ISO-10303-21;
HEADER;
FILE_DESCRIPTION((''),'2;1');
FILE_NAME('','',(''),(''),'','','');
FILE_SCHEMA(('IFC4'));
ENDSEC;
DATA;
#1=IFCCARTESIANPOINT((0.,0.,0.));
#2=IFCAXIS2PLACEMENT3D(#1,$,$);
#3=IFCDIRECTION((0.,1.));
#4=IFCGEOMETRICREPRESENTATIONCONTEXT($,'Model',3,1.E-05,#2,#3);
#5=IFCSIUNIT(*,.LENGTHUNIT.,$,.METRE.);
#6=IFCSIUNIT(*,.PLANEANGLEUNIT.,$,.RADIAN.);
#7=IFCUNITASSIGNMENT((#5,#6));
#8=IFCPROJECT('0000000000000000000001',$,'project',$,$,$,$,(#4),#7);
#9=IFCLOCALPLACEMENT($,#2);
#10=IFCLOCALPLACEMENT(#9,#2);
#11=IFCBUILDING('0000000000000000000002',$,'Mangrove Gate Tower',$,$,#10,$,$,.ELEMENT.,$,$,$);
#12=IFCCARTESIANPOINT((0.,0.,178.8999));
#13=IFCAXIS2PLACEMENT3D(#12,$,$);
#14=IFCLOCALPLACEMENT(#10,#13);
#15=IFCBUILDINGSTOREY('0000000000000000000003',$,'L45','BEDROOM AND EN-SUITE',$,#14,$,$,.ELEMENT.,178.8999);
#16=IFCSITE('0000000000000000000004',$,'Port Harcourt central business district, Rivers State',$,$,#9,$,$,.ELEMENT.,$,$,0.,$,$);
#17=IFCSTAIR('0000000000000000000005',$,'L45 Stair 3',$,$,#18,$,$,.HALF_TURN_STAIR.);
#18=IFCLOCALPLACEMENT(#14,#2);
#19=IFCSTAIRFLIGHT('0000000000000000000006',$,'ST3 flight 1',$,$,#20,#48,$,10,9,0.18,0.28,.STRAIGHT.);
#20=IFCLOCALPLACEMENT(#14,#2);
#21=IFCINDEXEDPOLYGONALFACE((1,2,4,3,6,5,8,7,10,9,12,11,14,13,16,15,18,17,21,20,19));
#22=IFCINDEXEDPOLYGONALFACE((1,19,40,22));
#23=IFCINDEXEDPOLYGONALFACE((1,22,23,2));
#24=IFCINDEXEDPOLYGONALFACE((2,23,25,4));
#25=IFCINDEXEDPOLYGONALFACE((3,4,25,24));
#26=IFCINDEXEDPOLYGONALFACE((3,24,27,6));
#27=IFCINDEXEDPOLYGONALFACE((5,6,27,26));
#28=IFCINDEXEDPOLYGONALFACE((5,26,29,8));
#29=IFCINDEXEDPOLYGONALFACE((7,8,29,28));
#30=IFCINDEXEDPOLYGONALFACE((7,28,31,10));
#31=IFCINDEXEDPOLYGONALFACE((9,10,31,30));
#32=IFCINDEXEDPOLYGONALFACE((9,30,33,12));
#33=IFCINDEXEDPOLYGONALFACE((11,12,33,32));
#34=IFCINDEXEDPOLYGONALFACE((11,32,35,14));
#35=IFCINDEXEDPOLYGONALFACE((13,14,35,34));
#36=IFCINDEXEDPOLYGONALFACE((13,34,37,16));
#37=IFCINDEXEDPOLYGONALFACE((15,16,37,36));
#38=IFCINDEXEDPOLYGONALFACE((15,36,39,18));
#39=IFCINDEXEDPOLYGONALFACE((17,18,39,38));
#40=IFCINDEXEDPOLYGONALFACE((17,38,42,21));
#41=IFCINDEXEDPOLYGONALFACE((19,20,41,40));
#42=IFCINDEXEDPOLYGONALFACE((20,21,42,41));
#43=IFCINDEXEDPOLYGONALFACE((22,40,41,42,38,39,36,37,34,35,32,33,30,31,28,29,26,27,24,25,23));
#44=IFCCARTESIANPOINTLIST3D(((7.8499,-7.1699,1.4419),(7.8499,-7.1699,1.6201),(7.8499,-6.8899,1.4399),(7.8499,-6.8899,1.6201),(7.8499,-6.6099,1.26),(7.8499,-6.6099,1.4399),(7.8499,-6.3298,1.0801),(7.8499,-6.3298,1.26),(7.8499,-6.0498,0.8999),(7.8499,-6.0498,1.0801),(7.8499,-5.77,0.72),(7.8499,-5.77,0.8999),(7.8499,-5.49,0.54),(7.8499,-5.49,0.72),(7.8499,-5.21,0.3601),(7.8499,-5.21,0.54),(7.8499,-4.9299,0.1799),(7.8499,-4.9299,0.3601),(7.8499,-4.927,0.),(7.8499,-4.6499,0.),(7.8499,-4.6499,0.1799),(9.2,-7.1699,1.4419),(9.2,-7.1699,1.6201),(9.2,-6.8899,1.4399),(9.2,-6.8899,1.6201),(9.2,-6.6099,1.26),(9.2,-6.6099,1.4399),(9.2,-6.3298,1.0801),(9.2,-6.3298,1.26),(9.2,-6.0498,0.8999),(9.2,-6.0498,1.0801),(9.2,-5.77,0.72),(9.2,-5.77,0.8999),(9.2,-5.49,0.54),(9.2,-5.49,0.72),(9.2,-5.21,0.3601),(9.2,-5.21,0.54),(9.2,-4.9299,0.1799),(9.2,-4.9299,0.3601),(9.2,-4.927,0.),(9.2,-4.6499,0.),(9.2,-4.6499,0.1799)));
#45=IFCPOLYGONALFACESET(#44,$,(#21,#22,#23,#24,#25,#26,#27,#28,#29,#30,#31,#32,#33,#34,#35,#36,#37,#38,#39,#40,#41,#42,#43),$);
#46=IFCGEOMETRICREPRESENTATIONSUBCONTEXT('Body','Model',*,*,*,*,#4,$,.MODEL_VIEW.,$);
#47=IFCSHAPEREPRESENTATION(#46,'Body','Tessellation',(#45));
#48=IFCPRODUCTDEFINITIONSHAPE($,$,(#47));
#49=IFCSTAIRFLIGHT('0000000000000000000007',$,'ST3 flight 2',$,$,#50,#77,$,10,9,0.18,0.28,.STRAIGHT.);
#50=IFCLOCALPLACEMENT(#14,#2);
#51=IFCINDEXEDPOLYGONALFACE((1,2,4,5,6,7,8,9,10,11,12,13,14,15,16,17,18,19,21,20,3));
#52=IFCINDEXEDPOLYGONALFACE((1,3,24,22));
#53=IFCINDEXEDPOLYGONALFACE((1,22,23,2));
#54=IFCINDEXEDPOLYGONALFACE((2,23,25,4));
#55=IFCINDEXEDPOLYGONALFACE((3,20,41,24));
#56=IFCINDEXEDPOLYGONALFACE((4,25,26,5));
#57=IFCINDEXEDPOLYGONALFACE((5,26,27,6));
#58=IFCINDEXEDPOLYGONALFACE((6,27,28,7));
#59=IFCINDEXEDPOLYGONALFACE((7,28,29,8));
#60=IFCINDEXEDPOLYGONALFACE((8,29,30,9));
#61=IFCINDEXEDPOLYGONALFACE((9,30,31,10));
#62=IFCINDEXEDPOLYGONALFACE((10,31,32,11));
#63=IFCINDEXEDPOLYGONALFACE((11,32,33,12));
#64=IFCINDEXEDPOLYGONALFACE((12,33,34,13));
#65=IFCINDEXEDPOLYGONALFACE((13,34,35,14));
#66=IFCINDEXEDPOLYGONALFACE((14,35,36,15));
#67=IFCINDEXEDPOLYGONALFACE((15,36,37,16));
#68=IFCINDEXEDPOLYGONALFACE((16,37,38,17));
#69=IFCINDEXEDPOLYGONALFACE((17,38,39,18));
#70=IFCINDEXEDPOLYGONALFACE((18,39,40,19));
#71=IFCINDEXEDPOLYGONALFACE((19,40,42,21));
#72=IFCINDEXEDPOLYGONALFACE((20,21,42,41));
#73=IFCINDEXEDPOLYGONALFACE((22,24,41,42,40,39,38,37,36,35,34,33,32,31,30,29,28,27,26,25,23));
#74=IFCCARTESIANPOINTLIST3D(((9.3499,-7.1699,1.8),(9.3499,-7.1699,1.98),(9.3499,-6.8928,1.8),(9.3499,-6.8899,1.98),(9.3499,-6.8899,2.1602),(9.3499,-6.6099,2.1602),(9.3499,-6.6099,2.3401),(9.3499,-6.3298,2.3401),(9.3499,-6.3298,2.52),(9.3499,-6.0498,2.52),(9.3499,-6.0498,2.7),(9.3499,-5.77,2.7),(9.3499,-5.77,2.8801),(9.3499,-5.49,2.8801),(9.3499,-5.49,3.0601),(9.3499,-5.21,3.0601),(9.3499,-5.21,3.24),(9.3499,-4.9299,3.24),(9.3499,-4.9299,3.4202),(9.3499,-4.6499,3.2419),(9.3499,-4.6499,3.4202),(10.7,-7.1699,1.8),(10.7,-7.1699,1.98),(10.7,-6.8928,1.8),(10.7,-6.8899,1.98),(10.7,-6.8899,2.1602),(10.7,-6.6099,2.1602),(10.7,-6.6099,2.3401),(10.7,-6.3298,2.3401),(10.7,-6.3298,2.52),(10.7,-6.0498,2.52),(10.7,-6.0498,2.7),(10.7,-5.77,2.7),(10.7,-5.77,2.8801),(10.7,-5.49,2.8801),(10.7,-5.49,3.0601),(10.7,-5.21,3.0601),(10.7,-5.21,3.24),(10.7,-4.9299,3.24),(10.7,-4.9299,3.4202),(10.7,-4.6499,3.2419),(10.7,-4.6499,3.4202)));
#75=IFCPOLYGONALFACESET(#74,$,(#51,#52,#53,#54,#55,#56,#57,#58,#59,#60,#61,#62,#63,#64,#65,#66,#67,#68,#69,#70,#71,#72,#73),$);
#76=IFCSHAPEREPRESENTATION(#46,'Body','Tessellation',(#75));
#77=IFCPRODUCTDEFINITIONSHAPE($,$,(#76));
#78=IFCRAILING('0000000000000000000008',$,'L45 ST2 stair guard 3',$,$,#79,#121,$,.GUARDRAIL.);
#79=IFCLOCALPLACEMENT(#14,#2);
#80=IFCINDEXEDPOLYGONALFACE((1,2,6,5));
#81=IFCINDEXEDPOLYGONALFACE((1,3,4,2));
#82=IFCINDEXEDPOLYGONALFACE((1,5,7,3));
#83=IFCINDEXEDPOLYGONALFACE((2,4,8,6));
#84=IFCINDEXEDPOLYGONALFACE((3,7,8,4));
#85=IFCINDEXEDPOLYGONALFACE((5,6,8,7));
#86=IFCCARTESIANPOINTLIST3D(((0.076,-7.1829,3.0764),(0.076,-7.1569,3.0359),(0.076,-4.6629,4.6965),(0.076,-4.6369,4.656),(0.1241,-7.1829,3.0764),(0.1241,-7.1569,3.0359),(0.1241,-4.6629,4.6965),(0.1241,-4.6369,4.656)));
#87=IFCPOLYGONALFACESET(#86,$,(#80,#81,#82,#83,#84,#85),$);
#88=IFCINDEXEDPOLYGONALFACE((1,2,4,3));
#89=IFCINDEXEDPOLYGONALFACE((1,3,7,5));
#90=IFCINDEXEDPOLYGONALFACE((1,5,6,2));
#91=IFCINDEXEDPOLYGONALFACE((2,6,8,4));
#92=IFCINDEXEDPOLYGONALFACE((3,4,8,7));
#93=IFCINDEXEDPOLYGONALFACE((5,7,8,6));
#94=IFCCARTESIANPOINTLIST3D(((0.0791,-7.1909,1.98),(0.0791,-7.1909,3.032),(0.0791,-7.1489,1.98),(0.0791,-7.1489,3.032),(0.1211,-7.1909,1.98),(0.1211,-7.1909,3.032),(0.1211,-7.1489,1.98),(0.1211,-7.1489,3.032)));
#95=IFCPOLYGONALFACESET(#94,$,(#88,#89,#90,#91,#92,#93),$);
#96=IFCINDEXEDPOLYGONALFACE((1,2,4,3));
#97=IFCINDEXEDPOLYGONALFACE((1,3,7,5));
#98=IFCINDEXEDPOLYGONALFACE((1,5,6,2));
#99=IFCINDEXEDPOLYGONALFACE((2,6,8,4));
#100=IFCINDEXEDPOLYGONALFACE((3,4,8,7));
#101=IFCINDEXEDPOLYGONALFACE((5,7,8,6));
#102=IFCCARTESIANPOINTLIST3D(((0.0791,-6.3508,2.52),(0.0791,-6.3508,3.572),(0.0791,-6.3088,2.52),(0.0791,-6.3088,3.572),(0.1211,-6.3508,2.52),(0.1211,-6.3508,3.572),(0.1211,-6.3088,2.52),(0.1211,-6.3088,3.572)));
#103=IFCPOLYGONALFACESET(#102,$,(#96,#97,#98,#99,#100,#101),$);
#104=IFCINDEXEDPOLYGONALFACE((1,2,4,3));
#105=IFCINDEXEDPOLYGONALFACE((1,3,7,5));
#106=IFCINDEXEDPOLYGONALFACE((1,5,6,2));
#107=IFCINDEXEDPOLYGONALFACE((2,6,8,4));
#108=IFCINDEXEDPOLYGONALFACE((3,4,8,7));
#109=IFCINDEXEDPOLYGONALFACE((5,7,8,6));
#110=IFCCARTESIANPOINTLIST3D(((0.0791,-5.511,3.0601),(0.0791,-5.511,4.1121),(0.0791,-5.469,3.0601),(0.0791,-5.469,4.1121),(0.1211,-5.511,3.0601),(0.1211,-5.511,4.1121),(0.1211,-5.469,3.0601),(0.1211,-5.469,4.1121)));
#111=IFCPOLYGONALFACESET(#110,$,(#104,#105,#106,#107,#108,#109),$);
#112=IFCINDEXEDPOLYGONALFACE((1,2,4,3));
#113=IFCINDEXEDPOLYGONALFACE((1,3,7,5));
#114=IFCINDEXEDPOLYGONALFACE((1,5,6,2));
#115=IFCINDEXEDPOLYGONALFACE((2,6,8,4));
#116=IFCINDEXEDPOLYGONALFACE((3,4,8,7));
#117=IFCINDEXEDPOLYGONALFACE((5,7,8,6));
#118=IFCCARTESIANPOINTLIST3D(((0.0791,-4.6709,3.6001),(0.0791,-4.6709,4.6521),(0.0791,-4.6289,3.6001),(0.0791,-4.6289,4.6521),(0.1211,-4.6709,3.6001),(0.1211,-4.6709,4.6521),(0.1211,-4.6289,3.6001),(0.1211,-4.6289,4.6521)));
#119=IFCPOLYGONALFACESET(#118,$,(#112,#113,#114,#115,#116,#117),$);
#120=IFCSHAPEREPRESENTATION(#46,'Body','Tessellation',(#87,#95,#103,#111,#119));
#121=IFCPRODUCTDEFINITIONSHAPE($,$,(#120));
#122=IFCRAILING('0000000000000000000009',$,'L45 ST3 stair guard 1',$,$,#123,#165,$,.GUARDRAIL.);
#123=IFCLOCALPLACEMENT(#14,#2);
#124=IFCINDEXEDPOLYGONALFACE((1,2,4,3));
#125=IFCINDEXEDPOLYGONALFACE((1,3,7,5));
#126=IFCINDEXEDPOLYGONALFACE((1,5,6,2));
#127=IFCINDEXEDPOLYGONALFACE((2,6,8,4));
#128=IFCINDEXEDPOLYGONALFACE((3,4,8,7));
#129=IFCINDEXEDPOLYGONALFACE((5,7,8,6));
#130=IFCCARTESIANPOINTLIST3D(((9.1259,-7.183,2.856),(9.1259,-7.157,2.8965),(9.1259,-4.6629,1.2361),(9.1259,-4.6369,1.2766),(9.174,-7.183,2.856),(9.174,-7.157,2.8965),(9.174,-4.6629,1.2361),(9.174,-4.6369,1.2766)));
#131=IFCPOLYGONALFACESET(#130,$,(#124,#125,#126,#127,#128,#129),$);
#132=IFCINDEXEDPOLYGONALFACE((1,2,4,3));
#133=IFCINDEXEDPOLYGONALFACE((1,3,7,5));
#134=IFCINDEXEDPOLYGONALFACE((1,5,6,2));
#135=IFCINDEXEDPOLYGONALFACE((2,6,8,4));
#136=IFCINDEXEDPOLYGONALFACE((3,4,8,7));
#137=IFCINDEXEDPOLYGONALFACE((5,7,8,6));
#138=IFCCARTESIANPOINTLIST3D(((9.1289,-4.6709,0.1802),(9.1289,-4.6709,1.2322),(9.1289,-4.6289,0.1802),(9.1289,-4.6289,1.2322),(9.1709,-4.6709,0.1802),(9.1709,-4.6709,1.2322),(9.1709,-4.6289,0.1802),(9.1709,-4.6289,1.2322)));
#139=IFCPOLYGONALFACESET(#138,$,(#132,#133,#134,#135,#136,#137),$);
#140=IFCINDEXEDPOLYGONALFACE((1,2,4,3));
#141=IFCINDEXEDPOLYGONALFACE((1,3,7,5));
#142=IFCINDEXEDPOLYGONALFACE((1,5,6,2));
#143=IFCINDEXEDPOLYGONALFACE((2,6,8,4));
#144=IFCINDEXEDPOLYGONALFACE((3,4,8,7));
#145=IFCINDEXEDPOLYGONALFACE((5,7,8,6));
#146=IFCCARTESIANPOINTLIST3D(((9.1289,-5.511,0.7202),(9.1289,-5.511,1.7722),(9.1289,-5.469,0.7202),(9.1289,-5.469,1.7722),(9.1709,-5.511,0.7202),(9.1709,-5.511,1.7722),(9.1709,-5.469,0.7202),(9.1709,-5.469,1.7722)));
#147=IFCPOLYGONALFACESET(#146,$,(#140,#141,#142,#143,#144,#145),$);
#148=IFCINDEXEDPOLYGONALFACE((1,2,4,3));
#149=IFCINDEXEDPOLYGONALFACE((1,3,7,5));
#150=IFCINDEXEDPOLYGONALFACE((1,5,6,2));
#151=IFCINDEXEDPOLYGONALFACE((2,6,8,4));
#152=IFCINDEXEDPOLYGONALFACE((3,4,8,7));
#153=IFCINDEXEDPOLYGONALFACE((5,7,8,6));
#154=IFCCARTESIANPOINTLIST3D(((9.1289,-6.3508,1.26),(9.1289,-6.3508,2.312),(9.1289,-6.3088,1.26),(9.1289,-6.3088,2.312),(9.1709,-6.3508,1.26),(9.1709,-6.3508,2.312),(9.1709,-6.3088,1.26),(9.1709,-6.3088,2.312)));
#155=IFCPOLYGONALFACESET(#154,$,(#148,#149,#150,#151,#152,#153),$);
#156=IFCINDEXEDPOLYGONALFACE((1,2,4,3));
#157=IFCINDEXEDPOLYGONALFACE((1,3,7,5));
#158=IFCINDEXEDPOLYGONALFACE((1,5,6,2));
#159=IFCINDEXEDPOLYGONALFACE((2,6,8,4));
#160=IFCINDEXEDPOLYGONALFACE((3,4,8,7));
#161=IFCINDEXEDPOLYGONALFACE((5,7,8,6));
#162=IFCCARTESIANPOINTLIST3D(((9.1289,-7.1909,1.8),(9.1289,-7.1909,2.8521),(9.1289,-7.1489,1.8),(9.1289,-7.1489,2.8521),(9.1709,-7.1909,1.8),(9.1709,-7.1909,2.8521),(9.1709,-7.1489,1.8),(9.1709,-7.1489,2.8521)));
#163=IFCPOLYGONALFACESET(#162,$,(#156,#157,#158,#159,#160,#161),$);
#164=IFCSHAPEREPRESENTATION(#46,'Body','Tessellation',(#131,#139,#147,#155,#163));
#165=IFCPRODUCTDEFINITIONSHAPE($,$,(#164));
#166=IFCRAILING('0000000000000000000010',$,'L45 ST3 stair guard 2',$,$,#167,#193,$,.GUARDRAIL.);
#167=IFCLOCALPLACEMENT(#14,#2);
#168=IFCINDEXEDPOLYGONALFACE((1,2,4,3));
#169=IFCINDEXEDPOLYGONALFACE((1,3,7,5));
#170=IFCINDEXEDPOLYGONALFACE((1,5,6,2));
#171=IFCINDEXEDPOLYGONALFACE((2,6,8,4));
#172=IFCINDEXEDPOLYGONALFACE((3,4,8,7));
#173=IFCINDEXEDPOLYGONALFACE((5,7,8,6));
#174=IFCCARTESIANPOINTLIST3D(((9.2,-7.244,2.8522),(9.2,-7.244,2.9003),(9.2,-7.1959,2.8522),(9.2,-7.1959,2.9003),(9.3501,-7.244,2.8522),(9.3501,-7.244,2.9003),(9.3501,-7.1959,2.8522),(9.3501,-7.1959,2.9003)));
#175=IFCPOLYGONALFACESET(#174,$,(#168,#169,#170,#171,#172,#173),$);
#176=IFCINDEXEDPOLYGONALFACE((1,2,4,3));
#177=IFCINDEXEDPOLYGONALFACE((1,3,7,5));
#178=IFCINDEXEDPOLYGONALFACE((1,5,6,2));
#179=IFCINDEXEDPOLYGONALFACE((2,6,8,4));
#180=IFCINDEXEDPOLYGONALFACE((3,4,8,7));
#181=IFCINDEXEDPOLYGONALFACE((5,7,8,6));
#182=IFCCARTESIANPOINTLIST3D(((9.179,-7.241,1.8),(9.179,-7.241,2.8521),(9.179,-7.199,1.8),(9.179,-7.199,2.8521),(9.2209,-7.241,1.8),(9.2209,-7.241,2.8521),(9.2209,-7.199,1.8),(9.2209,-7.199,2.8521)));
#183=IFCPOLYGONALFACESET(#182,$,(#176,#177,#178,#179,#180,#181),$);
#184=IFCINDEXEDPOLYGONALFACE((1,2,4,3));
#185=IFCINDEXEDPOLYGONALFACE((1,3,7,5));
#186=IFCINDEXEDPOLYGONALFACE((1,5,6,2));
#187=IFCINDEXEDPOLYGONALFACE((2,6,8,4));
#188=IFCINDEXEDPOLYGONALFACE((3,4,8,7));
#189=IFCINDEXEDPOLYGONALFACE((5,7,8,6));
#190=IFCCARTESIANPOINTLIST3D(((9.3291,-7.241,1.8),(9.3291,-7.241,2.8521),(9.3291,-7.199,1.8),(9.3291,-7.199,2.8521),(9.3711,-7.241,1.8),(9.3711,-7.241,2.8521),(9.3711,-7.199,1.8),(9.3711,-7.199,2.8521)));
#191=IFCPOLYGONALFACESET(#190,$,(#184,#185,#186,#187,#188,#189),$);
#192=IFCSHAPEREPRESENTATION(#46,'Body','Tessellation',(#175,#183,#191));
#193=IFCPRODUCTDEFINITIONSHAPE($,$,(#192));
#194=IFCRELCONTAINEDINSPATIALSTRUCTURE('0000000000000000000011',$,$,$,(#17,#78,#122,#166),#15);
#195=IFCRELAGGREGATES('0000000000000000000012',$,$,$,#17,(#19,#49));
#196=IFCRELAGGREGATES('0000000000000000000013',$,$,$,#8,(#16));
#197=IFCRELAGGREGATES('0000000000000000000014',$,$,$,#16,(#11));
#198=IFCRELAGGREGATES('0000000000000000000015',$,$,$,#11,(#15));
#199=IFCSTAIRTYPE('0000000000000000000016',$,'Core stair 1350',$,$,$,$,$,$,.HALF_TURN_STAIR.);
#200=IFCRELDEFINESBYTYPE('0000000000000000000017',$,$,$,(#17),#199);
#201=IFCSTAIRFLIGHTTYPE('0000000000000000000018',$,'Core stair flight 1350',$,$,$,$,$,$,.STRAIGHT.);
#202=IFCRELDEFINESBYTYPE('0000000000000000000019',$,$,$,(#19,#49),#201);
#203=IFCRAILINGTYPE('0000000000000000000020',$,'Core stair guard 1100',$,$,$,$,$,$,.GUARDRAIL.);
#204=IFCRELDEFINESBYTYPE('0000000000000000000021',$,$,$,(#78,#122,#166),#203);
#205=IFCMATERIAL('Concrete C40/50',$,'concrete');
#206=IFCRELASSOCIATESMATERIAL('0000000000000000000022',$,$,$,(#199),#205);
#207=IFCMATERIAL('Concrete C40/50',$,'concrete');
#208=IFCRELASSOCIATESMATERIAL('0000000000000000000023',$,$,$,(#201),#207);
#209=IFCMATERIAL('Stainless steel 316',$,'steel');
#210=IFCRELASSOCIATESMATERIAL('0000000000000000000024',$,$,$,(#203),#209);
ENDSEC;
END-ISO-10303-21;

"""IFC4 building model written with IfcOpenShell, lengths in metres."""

from ifc_helpers import new_model, si_unit, direction, frame, origin, origin_2d, place, context, subcontext, project, spatial, polyline, rectangle, outline, extrude, material, type_object, element, aggregate, save


model = new_model("IFC4")

# Units and contexts
model_context = context("Model", 3, precision=1e-05, world=origin(), true_north=direction((0.0, 1.0)))
body_context = subcontext(model_context, "Body", "Model", "MODEL_VIEW")
ifc_project = project(units=[si_unit("LENGTHUNIT", "METRE"), si_unit("PLANEANGLEUNIT", "RADIAN")], contexts=[model_context])

# Site, building, storey
site_placement = place(None, origin())
site = spatial("IfcSite", under=ifc_project, at=site_placement, Name="Port Harcourt central business district, Rivers State", CompositionType="ELEMENT", RefElevation=0.0)
building_placement = place(site_placement, origin())
building = spatial("IfcBuilding", under=site, at=building_placement, Name="Mangrove Gate Tower", CompositionType="ELEMENT")
storey_placement = place(building_placement, frame((0.0, 0.0, 178.8999)))
storey = spatial("IfcBuildingStorey", under=building, at=storey_placement, Name="L45", Description="BEDROOM AND EN-SUITE", CompositionType="ELEMENT", Elevation=178.8999)

# Shared definitions
ifc_material_1 = material(Name="Concrete C40/50", Category="concrete")
stair_type = type_object("IfcStairType", Name="Core stair 1350", PredefinedType="HALF_TURN_STAIR", material=ifc_material_1)
ifc_material_2 = material(Name="Concrete C40/50", Category="concrete")
stair_flight_type = type_object("IfcStairFlightType", Name="Core stair flight 1350", PredefinedType="STRAIGHT", material=ifc_material_2)

# Stair, stair flights
stair_1_placement = place(storey_placement, origin())
stair_1 = element("IfcStair", 1, at=stair_1_placement, inside=storey, type_object=stair_type, Name="L45 Stair 3", PredefinedType="HALF_TURN_STAIR")
stair_flight_1_placement = place(storey_placement, frame((8.5249, -4.6499, 0.0), z_axis=(0.0, 0.0, 1.0), x_axis=(0.0, -1.0, 0.0)))
stair_flight_1 = element("IfcStairFlight", 2, at=stair_flight_1_placement, type_object=stair_flight_type, Name="ST3 flight 1", NumberOfRisers=10, NumberOfTreads=9, PredefinedType="STRAIGHT", RiserHeight=0.18, TreadLength=0.28, context=body_context, shape_type="SweptSolid", body=[
    extrude(outline(polyline([(0.0, 0.0), (0.0, 0.1799), (0.28, 0.1799), (0.28, 0.3601), (0.5601, 0.3601), (0.5601, 0.54), (0.8401, 0.54), (0.8401, 0.72), (1.1201, 0.72), (1.1201, 0.8999), (1.3999, 0.8999), (1.3999, 1.0801), (1.6799, 1.0801), (1.6799, 1.26), (1.96, 1.26), (1.96, 1.4399), (2.24, 1.4399), (2.24, 1.6201), (2.52, 1.6201), (2.52, 1.8), (2.52, 1.4419), (0.2771, 0.0), (0.0, 0.0)])), frame((0.0, 0.675, 0.0), z_axis=(0.0, -1.0, 0.0), x_axis=(1.0, 0.0, 0.0)), (0.0, 0.0, 1.0), 1.3501),
])
stair_flight_2_placement = place(storey_placement, frame((10.0249, -7.1699, 1.8), z_axis=(0.0, 0.0, 1.0), x_axis=(0.0, 1.0, 0.0)))
stair_flight_2 = element("IfcStairFlight", 3, at=stair_flight_2_placement, type_object=stair_flight_type, Name="ST3 flight 2", NumberOfRisers=10, NumberOfTreads=9, PredefinedType="STRAIGHT", RiserHeight=0.18, TreadLength=0.28, context=body_context, shape_type="SweptSolid", body=[
    extrude(outline(polyline([(0.0, 0.0), (0.0, 0.1799), (0.28, 0.1799), (0.28, 0.3601), (0.5601, 0.3601), (0.5601, 0.54), (0.8401, 0.54), (0.8401, 0.72), (1.1201, 0.72), (1.1201, 0.8999), (1.3999, 0.8999), (1.3999, 1.0801), (1.6799, 1.0801), (1.6799, 1.26), (1.96, 1.26), (1.96, 1.4399), (2.24, 1.4399), (2.24, 1.6201), (2.52, 1.6201), (2.52, 1.8), (2.52, 1.4419), (0.2771, 0.0), (0.0, 0.0)])), frame((0.0, 0.675, 0.0), z_axis=(0.0, -1.0, 0.0), x_axis=(1.0, 0.0, 0.0)), (0.0, 0.0, 1.0), 1.3501),
])
aggregate(stair_1, [stair_flight_1, stair_flight_2])

# Railings
ifc_material_3 = material(Name="Stainless steel 316", Category="steel")
railing_type_1 = type_object("IfcRailingType", Name="Core stair guard 1100", PredefinedType="GUARDRAIL", material=ifc_material_3)
railing_1_placement = place(storey_placement, frame((0.1001, -7.1699, 1.98)))
element("IfcRailing", 4, at=railing_1_placement, inside=storey, type_object=railing_type_1, Name="L45 ST2 stair guard 3", PredefinedType="GUARDRAIL", context=body_context, shape_type="SweptSolid", body=[
    extrude(rectangle(XDim=0.0481, YDim=0.0481, at=origin_2d()), frame((0.0, 0.0, 1.0762), z_axis=(0.0, 0.841163, 0.540782), x_axis=(-1.0, 0.0, 0.0)), (0.0, 0.0, 1.0), 2.9958),
    extrude(rectangle(XDim=0.042, YDim=0.042, at=origin_2d()), origin(), (0.0, 0.0, 1.0), 1.052),
    extrude(rectangle(XDim=0.042, YDim=0.042, at=origin_2d()), frame((0.0, 0.8401, 0.54)), (0.0, 0.0, 1.0), 1.052),
    extrude(rectangle(XDim=0.042, YDim=0.042, at=origin_2d()), frame((0.0, 1.6799, 1.0801)), (0.0, 0.0, 1.0), 1.052),
    extrude(rectangle(XDim=0.042, YDim=0.042, at=origin_2d()), frame((0.0, 2.52, 1.6201)), (0.0, 0.0, 1.0), 1.052),
])
railing_2_placement = place(storey_placement, frame((9.1499, -4.6499, 0.1802)))
element("IfcRailing", 5, at=railing_2_placement, inside=storey, type_object=railing_type_1, Name="L45 ST3 stair guard 1", PredefinedType="GUARDRAIL", context=body_context, shape_type="SweptSolid", body=[
    extrude(rectangle(XDim=0.0481, YDim=0.0481, at=origin_2d()), frame((0.0, 0.0, 1.0762), z_axis=(0.0, -0.8412, 0.540725), x_axis=(1.0, 0.0, 0.0)), (0.0, 0.0, 1.0), 2.9958),
    extrude(rectangle(XDim=0.042, YDim=0.042, at=origin_2d()), origin(), (0.0, 0.0, 1.0), 1.052),
    extrude(rectangle(XDim=0.042, YDim=0.042, at=origin_2d()), frame((0.0, -0.8401, 0.54)), (0.0, 0.0, 1.0), 1.052),
    extrude(rectangle(XDim=0.042, YDim=0.042, at=origin_2d()), frame((0.0, -1.6799, 1.0798)), (0.0, 0.0, 1.0), 1.052),
    extrude(rectangle(XDim=0.042, YDim=0.042, at=origin_2d()), frame((0.0, -2.52, 1.6199)), (0.0, 0.0, 1.0), 1.052),
])
railing_3_placement = place(storey_placement, frame((9.2, -7.22, 1.8)))
element("IfcRailing", 6, at=railing_3_placement, inside=storey, type_object=railing_type_1, Name="L45 ST3 stair guard 2", PredefinedType="GUARDRAIL", context=body_context, shape_type="SweptSolid", body=[
    extrude(rectangle(XDim=0.0481, YDim=0.0481, at=origin_2d()), frame((0.0, 0.0, 1.0762), z_axis=(1.0, 0.0, 0.0), x_axis=(0.0, 1.0, 0.0)), (0.0, 0.0, 1.0), 0.1501),
    extrude(rectangle(XDim=0.042, YDim=0.042, at=origin_2d()), origin(), (0.0, 0.0, 1.0), 1.052),
    extrude(rectangle(XDim=0.042, YDim=0.042, at=origin_2d()), frame((0.1501, 0.0, 0.0)), (0.0, 0.0, 1.0), 1.052),
])

save(model, "model.ifc")
